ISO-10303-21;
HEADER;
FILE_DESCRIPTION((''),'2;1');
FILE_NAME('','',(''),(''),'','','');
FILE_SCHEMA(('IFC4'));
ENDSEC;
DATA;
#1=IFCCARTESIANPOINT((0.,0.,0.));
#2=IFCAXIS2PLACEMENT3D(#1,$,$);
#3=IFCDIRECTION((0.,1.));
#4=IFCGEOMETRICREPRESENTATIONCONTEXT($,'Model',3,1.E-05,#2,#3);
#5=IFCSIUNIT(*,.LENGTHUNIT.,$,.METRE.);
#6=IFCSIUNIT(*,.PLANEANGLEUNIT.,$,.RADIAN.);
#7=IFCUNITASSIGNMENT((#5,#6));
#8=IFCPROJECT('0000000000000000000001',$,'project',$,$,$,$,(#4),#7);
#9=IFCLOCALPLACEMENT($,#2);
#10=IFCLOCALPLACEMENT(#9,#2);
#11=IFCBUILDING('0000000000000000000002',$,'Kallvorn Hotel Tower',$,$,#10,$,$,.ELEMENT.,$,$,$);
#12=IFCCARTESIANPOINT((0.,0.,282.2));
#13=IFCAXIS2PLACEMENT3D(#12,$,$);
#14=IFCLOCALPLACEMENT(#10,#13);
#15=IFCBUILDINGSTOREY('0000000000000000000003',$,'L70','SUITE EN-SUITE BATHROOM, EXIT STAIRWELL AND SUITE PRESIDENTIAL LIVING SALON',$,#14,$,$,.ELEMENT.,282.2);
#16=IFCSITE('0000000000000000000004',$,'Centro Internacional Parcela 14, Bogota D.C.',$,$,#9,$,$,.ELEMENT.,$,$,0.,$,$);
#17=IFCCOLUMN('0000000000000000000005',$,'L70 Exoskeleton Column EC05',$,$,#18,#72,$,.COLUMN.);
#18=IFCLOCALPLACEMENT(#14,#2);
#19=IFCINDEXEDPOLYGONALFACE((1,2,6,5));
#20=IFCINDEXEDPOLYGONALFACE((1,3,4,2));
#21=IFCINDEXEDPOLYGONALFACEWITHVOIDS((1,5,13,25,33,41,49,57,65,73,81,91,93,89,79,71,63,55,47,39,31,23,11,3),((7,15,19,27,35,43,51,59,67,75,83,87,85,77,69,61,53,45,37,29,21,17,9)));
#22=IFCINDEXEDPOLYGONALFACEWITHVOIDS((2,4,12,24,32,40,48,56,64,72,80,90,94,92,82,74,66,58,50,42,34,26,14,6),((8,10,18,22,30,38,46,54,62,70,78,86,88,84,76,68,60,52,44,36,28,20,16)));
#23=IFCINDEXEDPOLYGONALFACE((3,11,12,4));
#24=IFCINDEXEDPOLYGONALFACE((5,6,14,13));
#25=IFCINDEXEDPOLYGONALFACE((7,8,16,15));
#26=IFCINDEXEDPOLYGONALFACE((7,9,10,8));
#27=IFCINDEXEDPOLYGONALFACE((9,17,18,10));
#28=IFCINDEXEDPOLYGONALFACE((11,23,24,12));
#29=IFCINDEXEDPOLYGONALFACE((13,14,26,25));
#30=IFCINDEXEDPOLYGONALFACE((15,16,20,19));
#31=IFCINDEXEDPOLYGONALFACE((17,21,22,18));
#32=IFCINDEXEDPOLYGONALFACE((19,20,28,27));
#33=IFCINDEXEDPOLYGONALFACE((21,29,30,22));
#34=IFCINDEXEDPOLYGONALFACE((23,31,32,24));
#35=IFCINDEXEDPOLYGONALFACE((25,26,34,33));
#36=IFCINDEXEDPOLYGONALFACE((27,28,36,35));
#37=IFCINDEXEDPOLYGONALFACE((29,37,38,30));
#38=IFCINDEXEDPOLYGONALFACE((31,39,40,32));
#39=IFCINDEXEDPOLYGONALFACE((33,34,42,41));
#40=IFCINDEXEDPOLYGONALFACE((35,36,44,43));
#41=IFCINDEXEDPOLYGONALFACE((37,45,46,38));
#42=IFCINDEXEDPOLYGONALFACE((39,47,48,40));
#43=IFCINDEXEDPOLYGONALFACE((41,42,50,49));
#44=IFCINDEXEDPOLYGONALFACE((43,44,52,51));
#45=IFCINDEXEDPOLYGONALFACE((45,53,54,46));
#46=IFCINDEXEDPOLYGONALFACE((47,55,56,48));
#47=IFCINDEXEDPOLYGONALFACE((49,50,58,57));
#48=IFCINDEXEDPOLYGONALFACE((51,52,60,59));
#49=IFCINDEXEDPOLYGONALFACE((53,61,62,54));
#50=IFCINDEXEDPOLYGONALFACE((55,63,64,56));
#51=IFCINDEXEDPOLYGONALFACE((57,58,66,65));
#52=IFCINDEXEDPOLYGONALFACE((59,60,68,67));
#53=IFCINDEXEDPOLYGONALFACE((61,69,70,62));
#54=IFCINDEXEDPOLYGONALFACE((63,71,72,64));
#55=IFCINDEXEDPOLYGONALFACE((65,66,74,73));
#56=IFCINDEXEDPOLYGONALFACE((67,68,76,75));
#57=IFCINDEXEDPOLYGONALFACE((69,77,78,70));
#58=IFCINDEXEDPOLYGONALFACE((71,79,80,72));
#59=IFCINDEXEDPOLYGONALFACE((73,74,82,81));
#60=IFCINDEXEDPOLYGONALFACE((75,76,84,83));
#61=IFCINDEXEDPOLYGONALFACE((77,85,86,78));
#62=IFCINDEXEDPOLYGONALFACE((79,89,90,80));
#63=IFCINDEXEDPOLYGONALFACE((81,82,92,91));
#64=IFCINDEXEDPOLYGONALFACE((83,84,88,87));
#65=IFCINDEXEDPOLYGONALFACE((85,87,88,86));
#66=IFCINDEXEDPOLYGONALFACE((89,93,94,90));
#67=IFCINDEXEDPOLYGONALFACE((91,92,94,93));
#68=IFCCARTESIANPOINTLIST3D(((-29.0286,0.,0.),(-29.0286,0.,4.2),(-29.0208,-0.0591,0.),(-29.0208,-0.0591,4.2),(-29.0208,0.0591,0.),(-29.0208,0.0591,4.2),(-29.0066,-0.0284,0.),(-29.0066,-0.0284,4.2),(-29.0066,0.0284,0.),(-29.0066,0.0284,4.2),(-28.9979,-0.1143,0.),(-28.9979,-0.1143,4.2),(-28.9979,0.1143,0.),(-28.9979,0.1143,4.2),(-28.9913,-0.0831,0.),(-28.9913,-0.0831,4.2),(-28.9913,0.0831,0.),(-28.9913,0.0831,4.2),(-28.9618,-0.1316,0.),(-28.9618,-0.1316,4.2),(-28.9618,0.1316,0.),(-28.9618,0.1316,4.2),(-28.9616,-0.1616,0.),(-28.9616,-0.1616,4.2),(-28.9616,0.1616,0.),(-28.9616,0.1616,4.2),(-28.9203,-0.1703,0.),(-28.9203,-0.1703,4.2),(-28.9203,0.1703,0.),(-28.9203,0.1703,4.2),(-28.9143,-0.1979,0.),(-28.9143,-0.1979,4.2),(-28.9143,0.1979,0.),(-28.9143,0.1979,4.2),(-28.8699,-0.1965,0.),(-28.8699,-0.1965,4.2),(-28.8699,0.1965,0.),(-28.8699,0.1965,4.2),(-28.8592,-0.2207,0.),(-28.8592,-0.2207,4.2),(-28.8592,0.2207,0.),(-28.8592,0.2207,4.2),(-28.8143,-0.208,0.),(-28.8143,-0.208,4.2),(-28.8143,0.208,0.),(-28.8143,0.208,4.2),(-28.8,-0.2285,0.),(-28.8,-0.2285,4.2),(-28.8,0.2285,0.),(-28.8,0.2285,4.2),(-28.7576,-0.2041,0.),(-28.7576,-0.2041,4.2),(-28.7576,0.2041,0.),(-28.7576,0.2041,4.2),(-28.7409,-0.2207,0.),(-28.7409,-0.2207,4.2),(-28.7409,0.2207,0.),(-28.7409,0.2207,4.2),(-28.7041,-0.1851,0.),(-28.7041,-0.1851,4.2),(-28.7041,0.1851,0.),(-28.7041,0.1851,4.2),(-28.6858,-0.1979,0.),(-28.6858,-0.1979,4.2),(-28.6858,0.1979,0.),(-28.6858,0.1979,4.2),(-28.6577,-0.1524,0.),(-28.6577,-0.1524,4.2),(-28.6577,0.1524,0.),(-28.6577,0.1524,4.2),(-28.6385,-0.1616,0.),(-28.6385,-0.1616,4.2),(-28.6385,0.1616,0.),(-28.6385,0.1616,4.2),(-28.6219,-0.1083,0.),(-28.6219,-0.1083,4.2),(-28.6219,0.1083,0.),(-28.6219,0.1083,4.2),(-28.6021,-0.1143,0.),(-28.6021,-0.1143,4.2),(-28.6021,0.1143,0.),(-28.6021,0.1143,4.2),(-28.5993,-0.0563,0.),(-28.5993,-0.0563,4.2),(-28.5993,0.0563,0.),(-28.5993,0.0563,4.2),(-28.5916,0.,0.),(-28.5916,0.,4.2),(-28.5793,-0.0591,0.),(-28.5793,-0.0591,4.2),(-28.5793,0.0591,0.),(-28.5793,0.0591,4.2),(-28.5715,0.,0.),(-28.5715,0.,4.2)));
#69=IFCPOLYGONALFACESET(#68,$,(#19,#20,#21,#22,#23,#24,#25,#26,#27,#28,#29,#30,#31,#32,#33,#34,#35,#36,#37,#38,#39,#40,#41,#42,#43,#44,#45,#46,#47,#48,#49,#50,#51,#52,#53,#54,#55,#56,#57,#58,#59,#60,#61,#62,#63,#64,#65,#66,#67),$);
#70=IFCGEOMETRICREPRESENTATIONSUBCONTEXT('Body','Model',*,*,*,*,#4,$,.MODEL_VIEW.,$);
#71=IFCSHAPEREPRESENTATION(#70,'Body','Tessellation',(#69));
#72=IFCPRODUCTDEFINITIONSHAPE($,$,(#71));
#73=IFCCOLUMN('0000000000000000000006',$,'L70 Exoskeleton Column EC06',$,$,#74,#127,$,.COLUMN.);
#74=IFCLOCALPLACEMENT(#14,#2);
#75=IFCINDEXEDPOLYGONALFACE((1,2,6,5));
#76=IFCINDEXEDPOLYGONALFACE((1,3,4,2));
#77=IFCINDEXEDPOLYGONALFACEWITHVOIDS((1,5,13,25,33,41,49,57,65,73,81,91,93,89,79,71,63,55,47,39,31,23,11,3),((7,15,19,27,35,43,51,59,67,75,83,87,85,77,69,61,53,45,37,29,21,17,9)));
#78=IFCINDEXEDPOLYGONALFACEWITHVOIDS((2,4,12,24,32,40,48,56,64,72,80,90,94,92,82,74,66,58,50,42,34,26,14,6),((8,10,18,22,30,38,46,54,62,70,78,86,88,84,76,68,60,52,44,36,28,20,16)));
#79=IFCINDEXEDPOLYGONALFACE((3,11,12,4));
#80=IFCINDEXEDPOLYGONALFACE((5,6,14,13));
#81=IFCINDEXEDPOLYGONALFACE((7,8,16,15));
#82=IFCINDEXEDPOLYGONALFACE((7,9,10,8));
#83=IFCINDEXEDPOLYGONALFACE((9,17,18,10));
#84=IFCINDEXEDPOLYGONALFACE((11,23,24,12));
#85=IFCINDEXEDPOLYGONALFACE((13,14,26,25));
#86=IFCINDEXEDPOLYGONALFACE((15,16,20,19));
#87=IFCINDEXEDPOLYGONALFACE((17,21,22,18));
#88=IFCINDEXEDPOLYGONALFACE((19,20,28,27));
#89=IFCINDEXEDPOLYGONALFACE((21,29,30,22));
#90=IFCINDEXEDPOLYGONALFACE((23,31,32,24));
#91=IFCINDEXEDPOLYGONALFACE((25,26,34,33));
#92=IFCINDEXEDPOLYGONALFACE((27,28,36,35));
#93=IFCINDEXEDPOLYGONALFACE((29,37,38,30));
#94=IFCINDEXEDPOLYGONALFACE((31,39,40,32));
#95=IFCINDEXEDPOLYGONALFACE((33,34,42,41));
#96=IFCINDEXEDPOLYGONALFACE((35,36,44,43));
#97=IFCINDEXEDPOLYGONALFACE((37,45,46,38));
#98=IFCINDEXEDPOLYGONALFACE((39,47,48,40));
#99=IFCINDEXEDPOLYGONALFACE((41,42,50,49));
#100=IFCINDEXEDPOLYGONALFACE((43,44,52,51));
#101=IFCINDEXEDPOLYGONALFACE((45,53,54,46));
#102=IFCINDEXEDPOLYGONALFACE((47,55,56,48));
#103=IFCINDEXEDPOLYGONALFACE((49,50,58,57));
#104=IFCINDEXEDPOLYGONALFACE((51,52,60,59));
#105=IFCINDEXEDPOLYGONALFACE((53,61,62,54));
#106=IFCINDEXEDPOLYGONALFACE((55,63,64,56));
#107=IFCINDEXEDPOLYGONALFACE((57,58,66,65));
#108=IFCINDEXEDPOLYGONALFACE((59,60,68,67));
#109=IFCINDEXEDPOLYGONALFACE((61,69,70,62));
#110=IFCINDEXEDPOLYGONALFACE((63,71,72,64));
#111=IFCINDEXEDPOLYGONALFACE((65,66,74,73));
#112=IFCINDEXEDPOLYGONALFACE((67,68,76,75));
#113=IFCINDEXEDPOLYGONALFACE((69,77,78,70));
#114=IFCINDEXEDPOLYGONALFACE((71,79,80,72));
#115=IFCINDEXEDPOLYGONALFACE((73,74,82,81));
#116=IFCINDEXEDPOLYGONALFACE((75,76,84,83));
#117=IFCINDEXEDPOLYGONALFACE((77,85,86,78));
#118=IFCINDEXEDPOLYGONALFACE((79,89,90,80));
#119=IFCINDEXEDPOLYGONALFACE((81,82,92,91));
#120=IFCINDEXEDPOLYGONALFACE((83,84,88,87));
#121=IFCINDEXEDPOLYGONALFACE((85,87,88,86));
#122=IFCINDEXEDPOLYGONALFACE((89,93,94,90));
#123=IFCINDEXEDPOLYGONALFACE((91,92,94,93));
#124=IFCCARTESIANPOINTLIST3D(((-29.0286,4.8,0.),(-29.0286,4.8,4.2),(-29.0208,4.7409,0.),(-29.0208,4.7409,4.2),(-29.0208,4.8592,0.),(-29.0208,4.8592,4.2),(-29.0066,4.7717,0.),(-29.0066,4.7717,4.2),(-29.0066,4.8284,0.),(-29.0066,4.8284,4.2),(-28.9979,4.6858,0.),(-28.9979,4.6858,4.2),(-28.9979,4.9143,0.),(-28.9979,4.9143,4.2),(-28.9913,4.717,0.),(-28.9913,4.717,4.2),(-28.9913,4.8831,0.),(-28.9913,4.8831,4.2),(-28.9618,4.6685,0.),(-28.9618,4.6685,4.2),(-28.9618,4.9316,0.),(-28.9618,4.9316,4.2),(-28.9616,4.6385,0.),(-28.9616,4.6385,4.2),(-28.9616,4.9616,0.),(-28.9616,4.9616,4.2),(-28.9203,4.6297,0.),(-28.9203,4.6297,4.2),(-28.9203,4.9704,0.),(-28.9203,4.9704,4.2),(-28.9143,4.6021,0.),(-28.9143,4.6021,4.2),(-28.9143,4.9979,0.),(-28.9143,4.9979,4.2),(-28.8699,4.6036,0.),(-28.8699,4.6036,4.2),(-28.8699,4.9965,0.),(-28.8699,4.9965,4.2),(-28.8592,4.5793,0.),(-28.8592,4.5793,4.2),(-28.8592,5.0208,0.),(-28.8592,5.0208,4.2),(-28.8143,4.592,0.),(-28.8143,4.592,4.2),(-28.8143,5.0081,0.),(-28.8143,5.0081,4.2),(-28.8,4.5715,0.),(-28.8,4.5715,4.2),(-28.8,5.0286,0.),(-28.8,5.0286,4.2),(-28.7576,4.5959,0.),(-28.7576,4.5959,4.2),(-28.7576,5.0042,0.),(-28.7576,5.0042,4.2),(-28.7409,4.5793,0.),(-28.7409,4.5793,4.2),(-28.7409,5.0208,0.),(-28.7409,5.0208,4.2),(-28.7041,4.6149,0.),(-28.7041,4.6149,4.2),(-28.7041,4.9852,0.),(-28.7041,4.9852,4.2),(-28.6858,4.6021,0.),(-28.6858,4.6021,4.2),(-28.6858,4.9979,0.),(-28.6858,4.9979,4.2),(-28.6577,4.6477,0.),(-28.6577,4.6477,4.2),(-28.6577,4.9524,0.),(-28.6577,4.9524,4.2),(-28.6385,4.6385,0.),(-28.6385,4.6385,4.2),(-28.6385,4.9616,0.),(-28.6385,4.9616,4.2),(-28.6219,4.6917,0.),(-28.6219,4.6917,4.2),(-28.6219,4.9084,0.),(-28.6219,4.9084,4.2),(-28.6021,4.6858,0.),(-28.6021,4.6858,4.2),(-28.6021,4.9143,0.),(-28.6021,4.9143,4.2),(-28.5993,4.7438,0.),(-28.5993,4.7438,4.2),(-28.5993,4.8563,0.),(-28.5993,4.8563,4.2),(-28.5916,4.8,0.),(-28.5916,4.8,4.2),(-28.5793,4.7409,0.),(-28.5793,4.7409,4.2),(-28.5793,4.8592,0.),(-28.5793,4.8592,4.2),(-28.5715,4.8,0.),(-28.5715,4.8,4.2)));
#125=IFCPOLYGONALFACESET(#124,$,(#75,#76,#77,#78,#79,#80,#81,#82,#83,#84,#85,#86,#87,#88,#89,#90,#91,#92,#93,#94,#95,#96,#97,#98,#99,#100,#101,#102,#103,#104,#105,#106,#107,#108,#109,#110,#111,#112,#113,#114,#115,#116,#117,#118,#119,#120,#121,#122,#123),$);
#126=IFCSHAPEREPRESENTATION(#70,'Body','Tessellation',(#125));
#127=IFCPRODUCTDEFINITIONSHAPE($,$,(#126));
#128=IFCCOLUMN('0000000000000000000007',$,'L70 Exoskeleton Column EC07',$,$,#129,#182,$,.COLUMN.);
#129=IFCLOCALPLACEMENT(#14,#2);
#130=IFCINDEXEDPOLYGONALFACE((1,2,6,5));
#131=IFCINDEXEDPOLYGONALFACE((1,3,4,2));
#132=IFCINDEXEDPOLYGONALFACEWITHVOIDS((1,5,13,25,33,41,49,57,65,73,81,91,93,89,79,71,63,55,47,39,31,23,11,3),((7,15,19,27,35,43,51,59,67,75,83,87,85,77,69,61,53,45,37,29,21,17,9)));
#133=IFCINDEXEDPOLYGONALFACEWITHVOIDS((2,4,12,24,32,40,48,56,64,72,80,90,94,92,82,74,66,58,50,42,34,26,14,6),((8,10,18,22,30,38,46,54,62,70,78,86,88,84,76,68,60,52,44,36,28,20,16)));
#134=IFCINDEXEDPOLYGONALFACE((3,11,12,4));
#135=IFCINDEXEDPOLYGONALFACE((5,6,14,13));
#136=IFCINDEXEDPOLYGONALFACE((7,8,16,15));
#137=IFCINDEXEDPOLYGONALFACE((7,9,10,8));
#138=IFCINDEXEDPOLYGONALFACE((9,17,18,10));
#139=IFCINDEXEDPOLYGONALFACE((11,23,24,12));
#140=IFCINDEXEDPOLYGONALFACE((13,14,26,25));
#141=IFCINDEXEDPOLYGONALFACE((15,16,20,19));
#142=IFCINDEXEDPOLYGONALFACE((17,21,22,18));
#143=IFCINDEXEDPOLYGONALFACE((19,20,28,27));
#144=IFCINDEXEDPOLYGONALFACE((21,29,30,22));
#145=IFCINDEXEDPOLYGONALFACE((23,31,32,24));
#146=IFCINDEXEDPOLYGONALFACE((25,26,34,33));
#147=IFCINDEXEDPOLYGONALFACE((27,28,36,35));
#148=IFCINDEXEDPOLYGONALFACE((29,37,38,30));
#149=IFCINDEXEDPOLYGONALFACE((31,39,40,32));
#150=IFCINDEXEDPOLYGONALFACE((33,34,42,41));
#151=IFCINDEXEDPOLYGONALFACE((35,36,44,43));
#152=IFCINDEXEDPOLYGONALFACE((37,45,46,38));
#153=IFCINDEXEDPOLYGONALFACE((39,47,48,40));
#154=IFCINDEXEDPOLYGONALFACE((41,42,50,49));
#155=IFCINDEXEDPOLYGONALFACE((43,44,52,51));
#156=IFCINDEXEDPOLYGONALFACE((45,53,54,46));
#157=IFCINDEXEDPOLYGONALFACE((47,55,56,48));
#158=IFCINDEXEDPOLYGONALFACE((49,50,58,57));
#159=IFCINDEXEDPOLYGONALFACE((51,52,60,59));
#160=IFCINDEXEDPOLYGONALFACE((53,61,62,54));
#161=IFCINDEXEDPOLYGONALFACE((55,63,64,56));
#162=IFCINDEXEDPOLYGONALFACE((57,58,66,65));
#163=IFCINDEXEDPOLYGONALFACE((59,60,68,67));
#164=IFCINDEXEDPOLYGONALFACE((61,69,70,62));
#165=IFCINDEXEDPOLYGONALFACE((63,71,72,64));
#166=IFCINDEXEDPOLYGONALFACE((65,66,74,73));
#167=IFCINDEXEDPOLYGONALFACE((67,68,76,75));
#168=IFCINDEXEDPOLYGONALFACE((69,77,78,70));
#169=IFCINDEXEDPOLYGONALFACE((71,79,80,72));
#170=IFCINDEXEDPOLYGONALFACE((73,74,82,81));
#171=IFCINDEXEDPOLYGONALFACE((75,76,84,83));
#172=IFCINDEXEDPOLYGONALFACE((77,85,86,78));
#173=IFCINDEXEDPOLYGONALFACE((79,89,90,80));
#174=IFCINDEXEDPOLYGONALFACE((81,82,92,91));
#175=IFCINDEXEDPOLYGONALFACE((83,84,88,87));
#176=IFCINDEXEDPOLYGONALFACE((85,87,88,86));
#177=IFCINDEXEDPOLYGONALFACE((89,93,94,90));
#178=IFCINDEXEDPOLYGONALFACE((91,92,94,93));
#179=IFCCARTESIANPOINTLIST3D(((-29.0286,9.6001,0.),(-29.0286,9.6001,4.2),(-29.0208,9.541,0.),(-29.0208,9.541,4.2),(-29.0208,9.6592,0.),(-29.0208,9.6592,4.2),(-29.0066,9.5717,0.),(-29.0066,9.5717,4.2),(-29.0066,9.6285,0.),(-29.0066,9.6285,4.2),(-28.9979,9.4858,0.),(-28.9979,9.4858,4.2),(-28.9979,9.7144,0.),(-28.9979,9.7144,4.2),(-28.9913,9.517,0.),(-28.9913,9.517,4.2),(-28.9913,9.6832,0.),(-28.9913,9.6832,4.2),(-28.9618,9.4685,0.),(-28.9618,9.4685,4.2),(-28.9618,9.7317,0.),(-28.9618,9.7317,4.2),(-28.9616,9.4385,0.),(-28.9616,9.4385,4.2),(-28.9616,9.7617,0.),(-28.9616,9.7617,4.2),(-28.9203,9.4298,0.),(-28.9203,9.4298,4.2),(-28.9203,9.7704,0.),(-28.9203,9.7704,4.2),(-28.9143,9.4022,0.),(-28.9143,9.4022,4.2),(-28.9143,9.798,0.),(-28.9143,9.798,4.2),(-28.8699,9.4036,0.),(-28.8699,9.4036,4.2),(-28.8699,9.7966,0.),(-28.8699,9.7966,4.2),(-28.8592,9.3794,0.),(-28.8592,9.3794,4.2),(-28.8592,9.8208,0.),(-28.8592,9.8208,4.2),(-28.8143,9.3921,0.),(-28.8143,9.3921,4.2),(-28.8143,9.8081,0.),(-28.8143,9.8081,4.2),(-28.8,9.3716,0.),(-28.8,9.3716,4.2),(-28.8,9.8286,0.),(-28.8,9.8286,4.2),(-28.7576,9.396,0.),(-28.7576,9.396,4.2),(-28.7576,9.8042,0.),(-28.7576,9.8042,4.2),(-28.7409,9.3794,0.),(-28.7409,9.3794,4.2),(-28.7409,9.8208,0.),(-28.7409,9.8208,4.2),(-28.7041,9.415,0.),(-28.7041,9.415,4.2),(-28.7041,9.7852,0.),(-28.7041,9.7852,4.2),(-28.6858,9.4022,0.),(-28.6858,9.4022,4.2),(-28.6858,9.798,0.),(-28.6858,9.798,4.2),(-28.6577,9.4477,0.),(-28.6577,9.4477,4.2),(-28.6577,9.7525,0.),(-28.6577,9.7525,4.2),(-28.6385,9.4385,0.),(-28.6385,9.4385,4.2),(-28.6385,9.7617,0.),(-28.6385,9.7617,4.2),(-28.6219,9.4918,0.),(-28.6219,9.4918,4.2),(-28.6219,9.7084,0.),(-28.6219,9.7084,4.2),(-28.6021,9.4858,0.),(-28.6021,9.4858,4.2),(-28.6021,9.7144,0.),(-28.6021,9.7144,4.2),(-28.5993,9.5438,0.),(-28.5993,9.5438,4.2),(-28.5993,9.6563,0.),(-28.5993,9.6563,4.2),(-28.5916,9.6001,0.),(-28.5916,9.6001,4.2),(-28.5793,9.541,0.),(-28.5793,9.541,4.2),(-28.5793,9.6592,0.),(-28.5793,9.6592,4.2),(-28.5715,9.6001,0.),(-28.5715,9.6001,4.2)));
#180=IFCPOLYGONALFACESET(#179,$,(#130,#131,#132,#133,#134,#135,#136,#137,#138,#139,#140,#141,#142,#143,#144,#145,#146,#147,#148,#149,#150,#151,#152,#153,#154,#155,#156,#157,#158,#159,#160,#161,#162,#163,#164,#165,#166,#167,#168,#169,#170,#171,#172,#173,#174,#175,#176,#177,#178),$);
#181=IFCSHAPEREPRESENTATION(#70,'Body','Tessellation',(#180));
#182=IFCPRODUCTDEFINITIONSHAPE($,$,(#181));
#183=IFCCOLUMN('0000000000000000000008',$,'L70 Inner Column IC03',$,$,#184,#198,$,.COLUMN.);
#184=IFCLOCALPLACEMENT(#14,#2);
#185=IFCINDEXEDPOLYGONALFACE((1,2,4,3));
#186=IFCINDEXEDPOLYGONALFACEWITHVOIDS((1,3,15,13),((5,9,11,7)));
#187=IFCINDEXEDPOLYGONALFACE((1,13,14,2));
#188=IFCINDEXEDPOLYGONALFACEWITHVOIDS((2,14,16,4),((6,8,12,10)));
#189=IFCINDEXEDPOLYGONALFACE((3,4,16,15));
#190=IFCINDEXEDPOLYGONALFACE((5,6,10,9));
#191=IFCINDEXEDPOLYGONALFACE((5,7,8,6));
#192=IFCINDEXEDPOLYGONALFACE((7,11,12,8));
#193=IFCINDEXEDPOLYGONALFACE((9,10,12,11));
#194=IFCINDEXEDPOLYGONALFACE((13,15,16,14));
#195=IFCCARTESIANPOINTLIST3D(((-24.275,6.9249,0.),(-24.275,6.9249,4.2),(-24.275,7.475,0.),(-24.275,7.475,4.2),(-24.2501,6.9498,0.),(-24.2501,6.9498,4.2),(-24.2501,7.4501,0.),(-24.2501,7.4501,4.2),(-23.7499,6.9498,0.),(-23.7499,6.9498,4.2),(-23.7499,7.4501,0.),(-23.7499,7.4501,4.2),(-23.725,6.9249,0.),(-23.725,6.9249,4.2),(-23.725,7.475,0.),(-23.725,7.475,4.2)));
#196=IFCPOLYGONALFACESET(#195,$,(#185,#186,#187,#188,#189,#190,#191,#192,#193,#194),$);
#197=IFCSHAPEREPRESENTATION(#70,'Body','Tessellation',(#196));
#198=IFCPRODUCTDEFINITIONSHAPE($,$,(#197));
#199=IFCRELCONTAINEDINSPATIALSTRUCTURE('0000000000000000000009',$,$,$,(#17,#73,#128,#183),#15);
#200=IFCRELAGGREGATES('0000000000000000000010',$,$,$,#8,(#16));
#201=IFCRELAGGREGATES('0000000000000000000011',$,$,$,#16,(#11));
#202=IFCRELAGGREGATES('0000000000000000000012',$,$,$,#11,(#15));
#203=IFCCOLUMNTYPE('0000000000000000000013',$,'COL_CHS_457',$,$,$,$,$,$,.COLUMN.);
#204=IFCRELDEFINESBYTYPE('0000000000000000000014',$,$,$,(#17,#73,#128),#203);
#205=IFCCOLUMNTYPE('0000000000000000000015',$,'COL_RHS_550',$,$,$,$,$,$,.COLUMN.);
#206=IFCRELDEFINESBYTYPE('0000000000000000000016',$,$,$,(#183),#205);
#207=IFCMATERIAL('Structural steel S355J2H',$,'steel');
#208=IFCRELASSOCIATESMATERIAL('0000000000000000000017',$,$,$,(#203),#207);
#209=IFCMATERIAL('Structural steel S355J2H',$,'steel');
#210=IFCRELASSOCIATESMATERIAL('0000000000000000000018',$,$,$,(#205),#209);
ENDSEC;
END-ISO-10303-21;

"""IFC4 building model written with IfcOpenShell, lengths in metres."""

from ifc_helpers import new_model, si_unit, direction, frame, origin, origin_2d, place, context, subcontext, project, spatial, hollow_rectangle, hollow_circle, extrude, material, material_profile, profile_set, type_object, element, save


model = new_model("IFC4")

# Units and contexts
model_context = context("Model", 3, precision=1e-05, world=origin(), true_north=direction((0.0, 1.0)))
body_context = subcontext(model_context, "Body", "Model", "MODEL_VIEW")
ifc_project = project(units=[si_unit("LENGTHUNIT", "METRE"), si_unit("PLANEANGLEUNIT", "RADIAN")], contexts=[model_context])

# Site, building, storey
site_placement = place(None, origin())
site = spatial("IfcSite", under=ifc_project, at=site_placement, Name="Centro Internacional Parcela 14, Bogota D.C.", CompositionType="ELEMENT", RefElevation=0.0)
building_placement = place(site_placement, origin())
building = spatial("IfcBuilding", under=site, at=building_placement, Name="Kallvorn Hotel Tower", CompositionType="ELEMENT")
storey_placement = place(building_placement, frame((0.0, 0.0, 282.2)))
storey = spatial("IfcBuildingStorey", under=building, at=storey_placement, Name="L70", Description="SUITE EN-SUITE BATHROOM, EXIT STAIRWELL AND SUITE PRESIDENTIAL LIVING SALON", CompositionType="ELEMENT", Elevation=282.2)

# Columns
ifc_material_1 = material(Name="Structural steel S355J2H", Category="steel")
ifc_material_profile_1 = material_profile(ifc_material_1, hollow_circle(Radius=0.2285, WallThickness=0.02, at=origin_2d()), Name="CHS 457x20")
ifc_profile_set_1 = profile_set([ifc_material_profile_1], Name="Structural steel S355J2H")
column_type_1 = type_object("IfcColumnType", Name="COL_CHS_457", PredefinedType="COLUMN", material=ifc_profile_set_1)
for number, where, z_axis, x_axis, name in (
    (1, (-28.8, 0.0, 0.0), (0.0, 0.0, 1.0), (1.0, 0.0, 0.0), "L70 Exoskeleton Column EC05"),
    (2, (-28.8, 4.8, 0.0), (0.0, 0.0, 1.0), (1.0, 0.0, 0.0), "L70 Exoskeleton Column EC06"),
    (3, (-28.8, 9.6001, 0.0), (0.0, 0.0, 1.0), (1.0, 0.0, 0.0), "L70 Exoskeleton Column EC07"),
):
    element("IfcColumn", number, at=place(storey_placement, frame(where, z_axis=z_axis, x_axis=x_axis)), inside=storey, type_object=column_type_1, Name=name, PredefinedType="COLUMN", context=body_context, shape_type="SweptSolid", body=[
        extrude(hollow_circle(Radius=0.2285, WallThickness=0.02, at=origin_2d()), origin(), (0.0, 0.0, 1.0), 4.2),
    ])
ifc_material_2 = material(Name="Structural steel S355J2H", Category="steel")
ifc_material_profile_2 = material_profile(ifc_material_2, hollow_rectangle(XDim=0.55, YDim=0.55, WallThickness=0.0249, at=origin_2d()), Name="RHS 550x550x25")
ifc_profile_set_2 = profile_set([ifc_material_profile_2], Name="Structural steel S355J2H")
column_type_2 = type_object("IfcColumnType", Name="COL_RHS_550", PredefinedType="COLUMN", material=ifc_profile_set_2)
for number, where, z_axis, x_axis, name in (
    (4, (-24.0, 7.2, 0.0), (0.0, 0.0, 1.0), (1.0, 0.0, 0.0), "L70 Inner Column IC03"),
):
    element("IfcColumn", number, at=place(storey_placement, frame(where, z_axis=z_axis, x_axis=x_axis)), inside=storey, type_object=column_type_2, Name=name, PredefinedType="COLUMN", context=body_context, shape_type="SweptSolid", body=[
        extrude(hollow_rectangle(XDim=0.55, YDim=0.55, WallThickness=0.0249, at=origin_2d()), origin(), (0.0, 0.0, 1.0), 4.2),
    ])

save(model, "model.ifc")
